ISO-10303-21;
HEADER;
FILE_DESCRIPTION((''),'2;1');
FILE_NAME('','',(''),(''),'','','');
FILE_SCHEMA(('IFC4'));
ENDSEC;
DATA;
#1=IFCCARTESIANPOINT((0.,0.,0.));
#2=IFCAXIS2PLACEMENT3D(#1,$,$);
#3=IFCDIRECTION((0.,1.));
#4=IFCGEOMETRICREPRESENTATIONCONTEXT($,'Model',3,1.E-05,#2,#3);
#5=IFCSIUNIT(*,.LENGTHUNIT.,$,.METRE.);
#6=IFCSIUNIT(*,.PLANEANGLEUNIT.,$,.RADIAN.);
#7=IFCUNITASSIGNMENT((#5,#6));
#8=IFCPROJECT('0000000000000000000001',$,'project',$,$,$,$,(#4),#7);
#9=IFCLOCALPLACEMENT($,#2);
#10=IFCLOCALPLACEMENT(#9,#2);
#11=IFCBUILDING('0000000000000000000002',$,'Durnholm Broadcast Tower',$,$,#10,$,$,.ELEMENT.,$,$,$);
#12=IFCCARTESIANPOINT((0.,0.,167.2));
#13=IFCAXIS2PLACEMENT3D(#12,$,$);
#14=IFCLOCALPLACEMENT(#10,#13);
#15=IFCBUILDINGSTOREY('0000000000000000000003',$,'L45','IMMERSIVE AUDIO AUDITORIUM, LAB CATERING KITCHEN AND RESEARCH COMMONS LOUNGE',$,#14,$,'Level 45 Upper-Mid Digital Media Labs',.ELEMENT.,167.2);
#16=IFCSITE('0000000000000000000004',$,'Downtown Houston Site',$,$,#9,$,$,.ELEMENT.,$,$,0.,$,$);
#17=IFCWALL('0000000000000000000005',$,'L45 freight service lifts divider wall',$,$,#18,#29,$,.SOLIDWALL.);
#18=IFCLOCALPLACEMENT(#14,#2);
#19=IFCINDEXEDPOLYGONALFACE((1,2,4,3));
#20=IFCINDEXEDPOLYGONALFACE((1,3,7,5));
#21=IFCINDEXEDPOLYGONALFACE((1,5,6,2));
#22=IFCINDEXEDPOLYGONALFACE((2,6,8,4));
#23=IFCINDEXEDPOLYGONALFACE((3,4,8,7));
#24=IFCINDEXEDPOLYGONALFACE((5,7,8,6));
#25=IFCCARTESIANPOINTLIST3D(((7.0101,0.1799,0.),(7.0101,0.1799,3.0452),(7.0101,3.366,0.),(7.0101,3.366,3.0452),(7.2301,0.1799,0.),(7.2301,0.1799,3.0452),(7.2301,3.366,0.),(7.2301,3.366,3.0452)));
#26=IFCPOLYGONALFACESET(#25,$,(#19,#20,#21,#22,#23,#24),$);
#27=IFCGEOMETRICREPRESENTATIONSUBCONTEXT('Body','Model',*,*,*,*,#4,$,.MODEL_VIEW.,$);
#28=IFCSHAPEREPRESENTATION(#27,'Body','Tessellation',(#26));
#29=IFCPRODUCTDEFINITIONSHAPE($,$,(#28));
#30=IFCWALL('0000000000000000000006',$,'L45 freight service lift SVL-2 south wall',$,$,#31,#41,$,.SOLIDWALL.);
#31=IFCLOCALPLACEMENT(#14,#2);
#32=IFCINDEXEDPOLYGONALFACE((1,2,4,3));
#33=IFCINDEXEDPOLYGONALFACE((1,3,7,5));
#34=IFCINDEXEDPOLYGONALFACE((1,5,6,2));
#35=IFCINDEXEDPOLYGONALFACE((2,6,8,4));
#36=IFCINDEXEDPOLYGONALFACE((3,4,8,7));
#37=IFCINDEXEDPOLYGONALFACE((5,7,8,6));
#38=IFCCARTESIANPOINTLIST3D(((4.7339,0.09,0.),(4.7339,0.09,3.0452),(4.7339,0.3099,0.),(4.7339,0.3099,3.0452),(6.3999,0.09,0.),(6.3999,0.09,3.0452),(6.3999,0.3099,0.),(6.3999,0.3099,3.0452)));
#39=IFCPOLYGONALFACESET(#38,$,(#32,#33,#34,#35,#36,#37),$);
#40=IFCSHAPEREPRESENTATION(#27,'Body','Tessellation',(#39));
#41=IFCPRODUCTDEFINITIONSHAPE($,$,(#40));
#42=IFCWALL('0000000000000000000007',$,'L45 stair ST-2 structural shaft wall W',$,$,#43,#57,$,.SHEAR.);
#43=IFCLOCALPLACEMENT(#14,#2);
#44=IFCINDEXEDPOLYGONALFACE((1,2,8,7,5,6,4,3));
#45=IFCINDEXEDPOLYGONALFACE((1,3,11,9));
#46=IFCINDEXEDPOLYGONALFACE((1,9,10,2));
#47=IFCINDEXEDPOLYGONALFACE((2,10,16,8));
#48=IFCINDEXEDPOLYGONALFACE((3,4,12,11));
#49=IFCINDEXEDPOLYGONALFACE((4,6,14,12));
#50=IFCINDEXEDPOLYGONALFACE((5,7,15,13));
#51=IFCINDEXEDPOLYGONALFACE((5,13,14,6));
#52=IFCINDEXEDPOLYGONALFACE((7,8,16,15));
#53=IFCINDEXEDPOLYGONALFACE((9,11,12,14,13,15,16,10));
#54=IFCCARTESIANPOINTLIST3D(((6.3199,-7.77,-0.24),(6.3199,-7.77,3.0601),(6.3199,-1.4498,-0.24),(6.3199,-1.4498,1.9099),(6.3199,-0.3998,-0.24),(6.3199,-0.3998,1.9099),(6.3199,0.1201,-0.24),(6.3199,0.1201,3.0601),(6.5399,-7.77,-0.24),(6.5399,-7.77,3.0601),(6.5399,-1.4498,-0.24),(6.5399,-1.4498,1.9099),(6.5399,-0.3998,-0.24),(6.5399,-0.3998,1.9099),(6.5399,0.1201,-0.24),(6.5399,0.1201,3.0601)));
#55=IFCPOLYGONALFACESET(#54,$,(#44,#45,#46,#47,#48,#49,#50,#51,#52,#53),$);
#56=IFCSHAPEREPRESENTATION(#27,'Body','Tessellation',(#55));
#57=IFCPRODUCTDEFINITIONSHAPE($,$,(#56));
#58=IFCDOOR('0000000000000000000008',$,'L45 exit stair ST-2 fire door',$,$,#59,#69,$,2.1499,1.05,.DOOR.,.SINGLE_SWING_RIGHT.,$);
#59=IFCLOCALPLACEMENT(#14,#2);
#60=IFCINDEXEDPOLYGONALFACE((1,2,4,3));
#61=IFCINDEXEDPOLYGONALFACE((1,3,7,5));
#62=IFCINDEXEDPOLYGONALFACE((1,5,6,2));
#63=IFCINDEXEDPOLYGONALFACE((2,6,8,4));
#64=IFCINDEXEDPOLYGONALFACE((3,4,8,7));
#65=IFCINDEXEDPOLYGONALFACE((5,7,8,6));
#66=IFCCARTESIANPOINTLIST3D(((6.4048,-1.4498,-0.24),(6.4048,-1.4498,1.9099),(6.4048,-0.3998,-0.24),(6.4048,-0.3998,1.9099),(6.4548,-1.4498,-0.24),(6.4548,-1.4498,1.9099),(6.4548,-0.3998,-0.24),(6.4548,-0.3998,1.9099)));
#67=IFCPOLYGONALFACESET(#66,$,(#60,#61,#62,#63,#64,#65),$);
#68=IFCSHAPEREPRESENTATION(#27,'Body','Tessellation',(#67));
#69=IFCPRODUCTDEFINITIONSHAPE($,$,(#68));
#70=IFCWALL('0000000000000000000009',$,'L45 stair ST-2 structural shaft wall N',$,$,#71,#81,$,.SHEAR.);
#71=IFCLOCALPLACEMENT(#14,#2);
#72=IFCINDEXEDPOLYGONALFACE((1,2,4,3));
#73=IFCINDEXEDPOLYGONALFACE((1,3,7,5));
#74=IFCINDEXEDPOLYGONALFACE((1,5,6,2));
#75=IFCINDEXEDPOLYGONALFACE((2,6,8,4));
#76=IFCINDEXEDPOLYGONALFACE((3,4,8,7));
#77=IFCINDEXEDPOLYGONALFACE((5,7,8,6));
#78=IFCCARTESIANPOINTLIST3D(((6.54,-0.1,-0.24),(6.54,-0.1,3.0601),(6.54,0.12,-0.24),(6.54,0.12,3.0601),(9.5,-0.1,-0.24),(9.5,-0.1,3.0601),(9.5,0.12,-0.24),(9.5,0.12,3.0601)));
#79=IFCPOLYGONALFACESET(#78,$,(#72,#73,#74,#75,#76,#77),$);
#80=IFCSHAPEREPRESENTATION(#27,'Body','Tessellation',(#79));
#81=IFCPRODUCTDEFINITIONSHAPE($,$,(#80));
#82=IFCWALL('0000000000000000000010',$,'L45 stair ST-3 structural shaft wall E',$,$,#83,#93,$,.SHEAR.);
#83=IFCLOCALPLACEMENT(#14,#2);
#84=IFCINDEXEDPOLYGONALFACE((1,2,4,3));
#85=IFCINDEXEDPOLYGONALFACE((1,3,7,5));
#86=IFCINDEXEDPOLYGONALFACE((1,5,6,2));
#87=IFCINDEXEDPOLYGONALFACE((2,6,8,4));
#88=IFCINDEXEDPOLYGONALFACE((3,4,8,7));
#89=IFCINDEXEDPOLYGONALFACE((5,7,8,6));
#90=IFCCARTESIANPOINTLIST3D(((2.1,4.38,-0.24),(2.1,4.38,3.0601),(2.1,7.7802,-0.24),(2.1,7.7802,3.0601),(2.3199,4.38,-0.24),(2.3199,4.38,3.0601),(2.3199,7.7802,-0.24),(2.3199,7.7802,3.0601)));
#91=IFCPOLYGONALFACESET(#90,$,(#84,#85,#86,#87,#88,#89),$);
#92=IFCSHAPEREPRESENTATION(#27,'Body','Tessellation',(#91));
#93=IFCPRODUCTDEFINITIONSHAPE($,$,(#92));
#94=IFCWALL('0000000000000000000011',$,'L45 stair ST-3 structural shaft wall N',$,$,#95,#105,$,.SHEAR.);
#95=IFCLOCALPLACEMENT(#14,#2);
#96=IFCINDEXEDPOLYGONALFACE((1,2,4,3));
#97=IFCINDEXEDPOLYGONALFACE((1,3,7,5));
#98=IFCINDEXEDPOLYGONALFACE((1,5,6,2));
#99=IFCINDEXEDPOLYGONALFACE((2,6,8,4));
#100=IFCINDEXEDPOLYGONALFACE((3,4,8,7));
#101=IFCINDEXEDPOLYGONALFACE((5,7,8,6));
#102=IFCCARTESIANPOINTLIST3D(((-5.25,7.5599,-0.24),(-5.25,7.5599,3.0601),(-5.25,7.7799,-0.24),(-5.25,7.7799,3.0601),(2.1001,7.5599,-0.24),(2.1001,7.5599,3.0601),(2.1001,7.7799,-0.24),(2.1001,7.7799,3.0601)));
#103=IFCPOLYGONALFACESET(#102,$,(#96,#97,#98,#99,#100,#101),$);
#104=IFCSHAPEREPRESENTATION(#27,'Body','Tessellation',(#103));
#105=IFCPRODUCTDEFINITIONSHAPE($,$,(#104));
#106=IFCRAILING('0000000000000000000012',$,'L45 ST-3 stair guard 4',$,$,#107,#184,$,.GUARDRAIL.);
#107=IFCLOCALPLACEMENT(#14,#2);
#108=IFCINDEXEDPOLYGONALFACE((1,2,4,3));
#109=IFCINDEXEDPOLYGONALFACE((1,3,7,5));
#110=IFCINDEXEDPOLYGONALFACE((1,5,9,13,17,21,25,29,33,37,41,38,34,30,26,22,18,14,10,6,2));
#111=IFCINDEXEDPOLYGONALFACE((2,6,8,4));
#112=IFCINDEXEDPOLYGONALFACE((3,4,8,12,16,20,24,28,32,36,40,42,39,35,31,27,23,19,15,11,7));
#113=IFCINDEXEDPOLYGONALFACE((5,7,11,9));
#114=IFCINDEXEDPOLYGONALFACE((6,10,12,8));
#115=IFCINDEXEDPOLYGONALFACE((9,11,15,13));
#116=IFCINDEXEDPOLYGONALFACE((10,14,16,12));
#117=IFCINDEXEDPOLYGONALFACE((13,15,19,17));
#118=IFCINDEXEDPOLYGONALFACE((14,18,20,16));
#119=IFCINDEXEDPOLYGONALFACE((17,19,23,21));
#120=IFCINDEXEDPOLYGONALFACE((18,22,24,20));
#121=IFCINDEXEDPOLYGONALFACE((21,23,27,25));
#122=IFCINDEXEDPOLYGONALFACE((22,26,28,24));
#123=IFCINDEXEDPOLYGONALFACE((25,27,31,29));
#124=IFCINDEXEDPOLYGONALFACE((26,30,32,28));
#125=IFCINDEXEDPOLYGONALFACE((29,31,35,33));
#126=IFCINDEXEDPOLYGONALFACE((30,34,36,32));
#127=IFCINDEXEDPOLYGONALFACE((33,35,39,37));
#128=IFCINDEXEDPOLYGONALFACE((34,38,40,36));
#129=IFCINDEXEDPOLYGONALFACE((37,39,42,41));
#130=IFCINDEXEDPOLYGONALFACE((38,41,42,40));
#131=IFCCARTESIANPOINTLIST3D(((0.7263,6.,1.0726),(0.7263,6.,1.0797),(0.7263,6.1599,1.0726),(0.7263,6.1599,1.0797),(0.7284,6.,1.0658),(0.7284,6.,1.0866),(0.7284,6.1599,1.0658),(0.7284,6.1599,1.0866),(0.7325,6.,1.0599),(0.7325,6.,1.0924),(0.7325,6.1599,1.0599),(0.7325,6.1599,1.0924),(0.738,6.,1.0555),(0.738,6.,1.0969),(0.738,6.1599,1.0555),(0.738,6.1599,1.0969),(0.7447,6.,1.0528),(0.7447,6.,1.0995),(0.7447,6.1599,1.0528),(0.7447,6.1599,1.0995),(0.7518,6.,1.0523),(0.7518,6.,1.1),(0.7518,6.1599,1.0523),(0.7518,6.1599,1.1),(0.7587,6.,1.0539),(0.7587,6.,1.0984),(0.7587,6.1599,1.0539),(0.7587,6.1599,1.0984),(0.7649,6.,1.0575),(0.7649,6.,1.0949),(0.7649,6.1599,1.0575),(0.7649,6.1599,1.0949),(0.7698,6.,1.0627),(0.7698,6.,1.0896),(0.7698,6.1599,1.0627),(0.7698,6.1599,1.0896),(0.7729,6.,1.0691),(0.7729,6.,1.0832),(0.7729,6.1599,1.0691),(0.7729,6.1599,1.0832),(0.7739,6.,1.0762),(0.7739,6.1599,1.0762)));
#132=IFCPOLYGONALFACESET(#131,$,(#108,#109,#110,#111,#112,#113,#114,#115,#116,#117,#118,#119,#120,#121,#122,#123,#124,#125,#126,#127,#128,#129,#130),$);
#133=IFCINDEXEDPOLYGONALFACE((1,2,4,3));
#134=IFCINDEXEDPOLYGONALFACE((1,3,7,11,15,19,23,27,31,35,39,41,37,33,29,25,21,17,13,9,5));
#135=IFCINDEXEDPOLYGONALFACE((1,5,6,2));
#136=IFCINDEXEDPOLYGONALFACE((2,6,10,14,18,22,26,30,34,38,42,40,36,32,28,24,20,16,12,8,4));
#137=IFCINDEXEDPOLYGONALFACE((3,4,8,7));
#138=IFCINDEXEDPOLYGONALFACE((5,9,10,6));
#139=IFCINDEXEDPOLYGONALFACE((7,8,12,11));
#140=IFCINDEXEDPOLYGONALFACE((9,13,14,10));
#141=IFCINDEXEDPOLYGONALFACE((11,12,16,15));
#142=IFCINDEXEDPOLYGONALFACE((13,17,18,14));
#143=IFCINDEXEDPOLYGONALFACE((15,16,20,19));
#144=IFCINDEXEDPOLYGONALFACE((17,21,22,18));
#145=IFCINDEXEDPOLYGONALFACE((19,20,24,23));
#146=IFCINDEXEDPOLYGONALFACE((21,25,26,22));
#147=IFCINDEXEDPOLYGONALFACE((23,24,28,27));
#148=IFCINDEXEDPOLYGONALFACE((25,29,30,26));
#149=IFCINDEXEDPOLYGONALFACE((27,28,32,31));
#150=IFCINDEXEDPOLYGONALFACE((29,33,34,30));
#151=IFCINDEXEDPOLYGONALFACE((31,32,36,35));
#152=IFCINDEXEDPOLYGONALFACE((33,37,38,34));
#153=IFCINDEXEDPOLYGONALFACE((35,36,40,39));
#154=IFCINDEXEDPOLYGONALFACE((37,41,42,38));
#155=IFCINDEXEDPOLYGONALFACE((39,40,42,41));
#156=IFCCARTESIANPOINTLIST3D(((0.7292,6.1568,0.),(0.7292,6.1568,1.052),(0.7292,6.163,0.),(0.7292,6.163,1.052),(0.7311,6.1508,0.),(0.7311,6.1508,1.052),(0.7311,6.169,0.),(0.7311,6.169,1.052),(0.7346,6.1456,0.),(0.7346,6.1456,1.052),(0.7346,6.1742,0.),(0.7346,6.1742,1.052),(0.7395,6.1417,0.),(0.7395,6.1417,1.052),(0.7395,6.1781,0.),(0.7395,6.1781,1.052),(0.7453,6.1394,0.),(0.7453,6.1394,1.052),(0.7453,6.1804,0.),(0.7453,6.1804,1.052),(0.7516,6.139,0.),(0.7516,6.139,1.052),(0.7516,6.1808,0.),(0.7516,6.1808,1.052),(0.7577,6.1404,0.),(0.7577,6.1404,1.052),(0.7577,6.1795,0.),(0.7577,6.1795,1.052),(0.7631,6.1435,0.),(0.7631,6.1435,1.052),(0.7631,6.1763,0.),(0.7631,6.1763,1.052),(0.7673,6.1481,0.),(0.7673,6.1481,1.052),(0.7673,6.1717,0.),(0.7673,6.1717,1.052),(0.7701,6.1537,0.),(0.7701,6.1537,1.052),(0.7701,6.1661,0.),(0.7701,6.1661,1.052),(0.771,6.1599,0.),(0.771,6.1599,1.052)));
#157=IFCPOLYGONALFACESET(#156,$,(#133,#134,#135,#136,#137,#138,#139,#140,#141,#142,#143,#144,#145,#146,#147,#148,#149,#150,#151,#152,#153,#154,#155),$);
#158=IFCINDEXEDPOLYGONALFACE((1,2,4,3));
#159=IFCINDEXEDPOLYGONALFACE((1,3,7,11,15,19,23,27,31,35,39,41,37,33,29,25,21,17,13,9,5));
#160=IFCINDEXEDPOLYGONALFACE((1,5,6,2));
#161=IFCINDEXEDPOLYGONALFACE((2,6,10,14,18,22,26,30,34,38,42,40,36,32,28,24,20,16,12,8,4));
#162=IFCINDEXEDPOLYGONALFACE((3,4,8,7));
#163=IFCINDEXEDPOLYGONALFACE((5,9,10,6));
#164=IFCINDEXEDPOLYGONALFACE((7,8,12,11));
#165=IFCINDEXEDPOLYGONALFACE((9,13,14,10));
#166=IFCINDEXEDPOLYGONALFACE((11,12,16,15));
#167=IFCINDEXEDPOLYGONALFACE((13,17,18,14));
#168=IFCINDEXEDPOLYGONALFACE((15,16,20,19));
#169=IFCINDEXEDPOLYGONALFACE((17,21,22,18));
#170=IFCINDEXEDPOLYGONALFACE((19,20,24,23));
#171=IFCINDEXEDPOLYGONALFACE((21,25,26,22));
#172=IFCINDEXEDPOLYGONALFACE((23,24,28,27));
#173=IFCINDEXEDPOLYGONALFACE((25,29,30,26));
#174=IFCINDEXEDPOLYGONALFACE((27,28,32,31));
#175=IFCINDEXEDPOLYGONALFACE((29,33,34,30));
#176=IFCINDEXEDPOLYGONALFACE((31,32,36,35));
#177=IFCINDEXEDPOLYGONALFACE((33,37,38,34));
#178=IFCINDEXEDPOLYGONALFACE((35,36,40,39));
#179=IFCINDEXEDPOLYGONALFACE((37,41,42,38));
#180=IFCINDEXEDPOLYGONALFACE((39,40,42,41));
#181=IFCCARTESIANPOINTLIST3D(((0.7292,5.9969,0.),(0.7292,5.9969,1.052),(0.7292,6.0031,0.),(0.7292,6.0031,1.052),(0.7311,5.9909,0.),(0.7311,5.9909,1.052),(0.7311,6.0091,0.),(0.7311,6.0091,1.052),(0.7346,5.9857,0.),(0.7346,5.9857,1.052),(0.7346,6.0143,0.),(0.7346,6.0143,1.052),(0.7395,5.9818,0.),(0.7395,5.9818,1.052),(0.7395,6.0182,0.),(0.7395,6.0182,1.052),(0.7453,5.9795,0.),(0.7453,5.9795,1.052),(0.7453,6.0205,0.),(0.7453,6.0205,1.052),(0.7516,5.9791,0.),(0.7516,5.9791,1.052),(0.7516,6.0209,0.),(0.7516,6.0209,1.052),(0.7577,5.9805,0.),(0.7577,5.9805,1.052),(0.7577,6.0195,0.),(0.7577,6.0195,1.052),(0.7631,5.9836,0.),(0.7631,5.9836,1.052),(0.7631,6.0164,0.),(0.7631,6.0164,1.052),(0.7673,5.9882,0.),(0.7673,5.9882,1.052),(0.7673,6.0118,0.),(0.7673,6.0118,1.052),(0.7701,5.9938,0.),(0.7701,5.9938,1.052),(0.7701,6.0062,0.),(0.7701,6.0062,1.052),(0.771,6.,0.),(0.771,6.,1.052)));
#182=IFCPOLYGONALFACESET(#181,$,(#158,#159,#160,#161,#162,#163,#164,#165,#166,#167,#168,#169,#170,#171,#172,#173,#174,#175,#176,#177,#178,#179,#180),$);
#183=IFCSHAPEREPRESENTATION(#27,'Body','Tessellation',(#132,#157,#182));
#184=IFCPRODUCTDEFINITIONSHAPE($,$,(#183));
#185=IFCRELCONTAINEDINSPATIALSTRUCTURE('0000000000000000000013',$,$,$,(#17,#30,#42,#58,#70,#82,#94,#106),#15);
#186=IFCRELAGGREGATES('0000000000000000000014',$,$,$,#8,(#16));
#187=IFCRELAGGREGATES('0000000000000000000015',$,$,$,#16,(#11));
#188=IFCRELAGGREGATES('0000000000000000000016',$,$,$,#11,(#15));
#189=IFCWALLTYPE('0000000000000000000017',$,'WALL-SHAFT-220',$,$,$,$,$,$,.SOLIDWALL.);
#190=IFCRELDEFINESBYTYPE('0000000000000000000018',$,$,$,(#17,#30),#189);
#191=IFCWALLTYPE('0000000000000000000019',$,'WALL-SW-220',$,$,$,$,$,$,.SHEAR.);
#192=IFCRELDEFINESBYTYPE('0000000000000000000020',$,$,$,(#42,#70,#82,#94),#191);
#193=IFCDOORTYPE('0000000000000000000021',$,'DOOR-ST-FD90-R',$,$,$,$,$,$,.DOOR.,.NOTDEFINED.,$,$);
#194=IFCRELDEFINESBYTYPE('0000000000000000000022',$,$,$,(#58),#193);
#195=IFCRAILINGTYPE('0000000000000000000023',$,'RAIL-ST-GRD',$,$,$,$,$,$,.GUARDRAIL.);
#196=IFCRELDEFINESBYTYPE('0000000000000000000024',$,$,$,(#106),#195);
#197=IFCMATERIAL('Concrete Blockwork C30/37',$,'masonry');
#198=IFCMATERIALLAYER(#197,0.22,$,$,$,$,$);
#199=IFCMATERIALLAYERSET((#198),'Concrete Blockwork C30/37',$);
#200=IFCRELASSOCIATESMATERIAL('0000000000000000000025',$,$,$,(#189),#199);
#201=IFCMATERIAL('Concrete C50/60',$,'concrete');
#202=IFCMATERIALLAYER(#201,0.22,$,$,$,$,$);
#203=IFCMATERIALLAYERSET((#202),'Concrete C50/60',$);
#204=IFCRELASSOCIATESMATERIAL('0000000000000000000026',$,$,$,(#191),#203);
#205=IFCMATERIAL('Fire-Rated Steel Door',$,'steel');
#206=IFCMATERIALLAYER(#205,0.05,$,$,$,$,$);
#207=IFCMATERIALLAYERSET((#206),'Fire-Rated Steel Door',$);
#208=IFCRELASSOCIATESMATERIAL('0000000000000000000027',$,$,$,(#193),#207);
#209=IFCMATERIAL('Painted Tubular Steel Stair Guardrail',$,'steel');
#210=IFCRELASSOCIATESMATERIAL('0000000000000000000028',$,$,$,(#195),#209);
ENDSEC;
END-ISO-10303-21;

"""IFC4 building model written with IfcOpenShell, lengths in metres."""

from ifc_helpers import new_model, si_unit, direction, frame, frame_2d, origin, origin_2d, place, context, subcontext, project, spatial, rectangle, circle, extrude, source, transform, mapped, material, layer, layer_set, type_object, type_shapes, element, fill, save


model = new_model("IFC4")

# Units and contexts
model_context = context("Model", 3, precision=1e-05, world=origin(), true_north=direction((0.0, 1.0)))
body_context = subcontext(model_context, "Body", "Model", "MODEL_VIEW")
ifc_project = project(units=[si_unit("LENGTHUNIT", "METRE"), si_unit("PLANEANGLEUNIT", "RADIAN")], contexts=[model_context])

# Site, building, storey
site_placement = place(None, origin())
site = spatial("IfcSite", under=ifc_project, at=site_placement, Name="Downtown Houston Site", CompositionType="ELEMENT", RefElevation=0.0)
building_placement = place(site_placement, origin())
building = spatial("IfcBuilding", under=site, at=building_placement, Name="Durnholm Broadcast Tower", CompositionType="ELEMENT")
storey_placement = place(building_placement, frame((0.0, 0.0, 167.2)))
storey = spatial("IfcBuildingStorey", under=building, at=storey_placement, Name="L45", Description="IMMERSIVE AUDIO AUDITORIUM, LAB CATERING KITCHEN AND RESEARCH COMMONS LOUNGE", LongName="Level 45 Upper-Mid Digital Media Labs", CompositionType="ELEMENT", Elevation=167.2)

# Shared definitions
ifc_material_1 = material(Name="Concrete Blockwork C30/37", Category="masonry")
ifc_layer_1 = layer(ifc_material_1, 0.22)
ifc_layer_set_1 = layer_set([ifc_layer_1], Name="Concrete Blockwork C30/37")
wall_type_1 = type_object("IfcWallType", Name="WALL-SHAFT-220", PredefinedType="SOLIDWALL", material=ifc_layer_set_1)

# Walls
for number, where, z_axis, x_axis, name in (
    (1, (7.1201, 0.1799, 0.0), (0.0, 0.0, 1.0), (0.0, 1.0, 0.0), "L45 freight service lifts divider wall"),
):
    element("IfcWall", number, at=place(storey_placement, frame(where, z_axis=z_axis, x_axis=x_axis)), inside=storey, type_object=wall_type_1, Name=name, PredefinedType="SOLIDWALL", context=body_context, shape_type="SweptSolid", body=[
        extrude(rectangle(XDim=3.186, YDim=0.22, at=frame_2d((1.593, 0.0))), origin(), (0.0, 0.0, 1.0), 3.0452),
    ])
wall_1_placement = place(storey_placement, frame((4.7339, 0.2, 0.0), z_axis=(0.0, 0.0, 1.0), x_axis=(1.0, 0.0, 0.0)))
element("IfcWall", 2, at=wall_1_placement, inside=storey, type_object=wall_type_1, Name="L45 freight service lift SVL-2 south wall", PredefinedType="SOLIDWALL", context=body_context, shape_type="SweptSolid", body=[
    extrude(rectangle(XDim=1.666, YDim=0.22, at=frame_2d((0.833, 0.0))), origin(), (0.0, 0.0, 1.0), 3.0452),
])

# Wall, opening, door
ifc_material_2 = material(Name="Concrete C50/60", Category="concrete")
ifc_layer_2 = layer(ifc_material_2, 0.22)
ifc_layer_set_2 = layer_set([ifc_layer_2], Name="Concrete C50/60")
wall_type_2 = type_object("IfcWallType", Name="WALL-SW-220", PredefinedType="SHEAR", material=ifc_layer_set_2)
wall_2_placement = place(storey_placement, frame((6.4299, 0.1201, -0.24), z_axis=(0.0, 0.0, 1.0), x_axis=(0.0, -1.0, 0.0)))
wall_2 = element("IfcWall", 3, at=wall_2_placement, inside=storey, type_object=wall_type_2, Name="L45 stair ST-2 structural shaft wall W", PredefinedType="SHEAR", context=body_context, shape_type="SweptSolid", body=[
    extrude(rectangle(XDim=7.8901, YDim=0.22, at=frame_2d((3.9451, 0.0))), origin(), (0.0, 0.0, 1.0), 3.3),
])
opening_1_placement = place(wall_2_placement, frame((0.52, 0.0, 0.0)))
opening_1 = element("IfcOpeningElement", 4, at=opening_1_placement, cuts=wall_2, PredefinedType="OPENING", context=body_context, shape_type="SweptSolid", body=[
    extrude(rectangle(XDim=1.05, YDim=2.1499, at=frame_2d((0.5249, 1.075))), frame((0.0, 0.1201, 0.0), z_axis=(0.0, -1.0, 0.0), x_axis=(1.0, 0.0, 0.0)), (0.0, 0.0, 1.0), 0.24),
])
ifc_material_3 = material(Name="Fire-Rated Steel Door", Category="steel")
ifc_layer_3 = layer(ifc_material_3, 0.05)
ifc_layer_set_3 = layer_set([ifc_layer_3], Name="Fire-Rated Steel Door")
door_type_1 = type_object("IfcDoorType", Name="DOOR-ST-FD90-R", OperationType="NOTDEFINED", PredefinedType="DOOR", material=ifc_layer_set_3)
shared_shape_1 = source(origin(), body_context, "Body", "SweptSolid", [
    extrude(rectangle(XDim=1.05, YDim=2.1499, at=frame_2d((0.5249, 1.075))), frame((0.0, 0.0249, 0.0), z_axis=(0.0, -1.0, 0.0), x_axis=(1.0, 0.0, 0.0)), (0.0, 0.0, 1.0), 0.05),
])
type_shapes(door_type_1, [shared_shape_1])
door_1_placement = place(opening_1_placement, origin())
door_1 = element("IfcDoor", 5, at=door_1_placement, inside=storey, type_object=door_type_1, Name="L45 exit stair ST-2 fire door", OperationType="SINGLE_SWING_RIGHT", OverallHeight=2.1499, OverallWidth=1.05, PredefinedType="DOOR", context=body_context, shape_type="MappedRepresentation", body=[
    mapped(shared_shape_1, transform((0.0, 0.0, 0.0), x_axis=(1.0, 0.0, 0.0), y_axis=(0.0, 1.0, 0.0), z_axis=(0.0, 0.0, 1.0), scale=1.0)),
])
fill(opening_1, door_1)

# Walls
wall_3_placement = place(storey_placement, frame((9.5, 0.01, -0.24), z_axis=(0.0, 0.0, 1.0), x_axis=(-1.0, 0.0, 0.0)))
element("IfcWall", 6, at=wall_3_placement, inside=storey, type_object=wall_type_2, Name="L45 stair ST-2 structural shaft wall N", PredefinedType="SHEAR", context=body_context, shape_type="SweptSolid", body=[
    extrude(rectangle(XDim=2.96, YDim=0.22, at=frame_2d((1.48, 0.0))), origin(), (0.0, 0.0, 1.0), 3.3),
])
wall_4_placement = place(storey_placement, frame((2.21, 4.3799, -0.24), z_axis=(0.0, 0.0, 1.0), x_axis=(0.0, 1.0, 0.0)))
element("IfcWall", 7, at=wall_4_placement, inside=storey, type_object=wall_type_2, Name="L45 stair ST-3 structural shaft wall E", PredefinedType="SHEAR", context=body_context, shape_type="SweptSolid", body=[
    extrude(rectangle(XDim=3.4001, YDim=0.22, at=frame_2d((1.7002, 0.0))), origin(), (0.0, 0.0, 1.0), 3.3),
])
wall_5_placement = place(storey_placement, frame((2.1001, 7.6699, -0.24), z_axis=(0.0, 0.0, 1.0), x_axis=(-1.0, 0.0, 0.0)))
element("IfcWall", 8, at=wall_5_placement, inside=storey, type_object=wall_type_2, Name="L45 stair ST-3 structural shaft wall N", PredefinedType="SHEAR", context=body_context, shape_type="SweptSolid", body=[
    extrude(rectangle(XDim=7.3501, YDim=0.22, at=frame_2d((3.675, 0.0))), origin(), (0.0, 0.0, 1.0), 3.3),
])

# Railing
ifc_material_4 = material(Name="Painted Tubular Steel Stair Guardrail", Category="steel")
railing_type_1 = type_object("IfcRailingType", Name="RAIL-ST-GRD", PredefinedType="GUARDRAIL", material=ifc_material_4)
railing_1_placement = place(storey_placement, frame((0.75, 6.1599, 0.0)))
element("IfcRailing", 9, at=railing_1_placement, inside=storey, type_object=railing_type_1, Name="L45 ST-3 stair guard 4", PredefinedType="GUARDRAIL", context=body_context, shape_type="SweptSolid", body=[
    extrude(circle(Radius=0.0239, at=origin_2d()), frame((0.0, 0.0, 1.0762), z_axis=(0.0, -1.0, 0.0), x_axis=(1.0, 0.0, 0.0)), (0.0, 0.0, 1.0), 0.1599),
    extrude(circle(Radius=0.021, at=origin_2d()), origin(), (0.0, 0.0, 1.0), 1.052),
    extrude(circle(Radius=0.021, at=origin_2d()), frame((0.0, -0.1599, 0.0)), (0.0, 0.0, 1.0), 1.052),
])

save(model, "model.ifc")
